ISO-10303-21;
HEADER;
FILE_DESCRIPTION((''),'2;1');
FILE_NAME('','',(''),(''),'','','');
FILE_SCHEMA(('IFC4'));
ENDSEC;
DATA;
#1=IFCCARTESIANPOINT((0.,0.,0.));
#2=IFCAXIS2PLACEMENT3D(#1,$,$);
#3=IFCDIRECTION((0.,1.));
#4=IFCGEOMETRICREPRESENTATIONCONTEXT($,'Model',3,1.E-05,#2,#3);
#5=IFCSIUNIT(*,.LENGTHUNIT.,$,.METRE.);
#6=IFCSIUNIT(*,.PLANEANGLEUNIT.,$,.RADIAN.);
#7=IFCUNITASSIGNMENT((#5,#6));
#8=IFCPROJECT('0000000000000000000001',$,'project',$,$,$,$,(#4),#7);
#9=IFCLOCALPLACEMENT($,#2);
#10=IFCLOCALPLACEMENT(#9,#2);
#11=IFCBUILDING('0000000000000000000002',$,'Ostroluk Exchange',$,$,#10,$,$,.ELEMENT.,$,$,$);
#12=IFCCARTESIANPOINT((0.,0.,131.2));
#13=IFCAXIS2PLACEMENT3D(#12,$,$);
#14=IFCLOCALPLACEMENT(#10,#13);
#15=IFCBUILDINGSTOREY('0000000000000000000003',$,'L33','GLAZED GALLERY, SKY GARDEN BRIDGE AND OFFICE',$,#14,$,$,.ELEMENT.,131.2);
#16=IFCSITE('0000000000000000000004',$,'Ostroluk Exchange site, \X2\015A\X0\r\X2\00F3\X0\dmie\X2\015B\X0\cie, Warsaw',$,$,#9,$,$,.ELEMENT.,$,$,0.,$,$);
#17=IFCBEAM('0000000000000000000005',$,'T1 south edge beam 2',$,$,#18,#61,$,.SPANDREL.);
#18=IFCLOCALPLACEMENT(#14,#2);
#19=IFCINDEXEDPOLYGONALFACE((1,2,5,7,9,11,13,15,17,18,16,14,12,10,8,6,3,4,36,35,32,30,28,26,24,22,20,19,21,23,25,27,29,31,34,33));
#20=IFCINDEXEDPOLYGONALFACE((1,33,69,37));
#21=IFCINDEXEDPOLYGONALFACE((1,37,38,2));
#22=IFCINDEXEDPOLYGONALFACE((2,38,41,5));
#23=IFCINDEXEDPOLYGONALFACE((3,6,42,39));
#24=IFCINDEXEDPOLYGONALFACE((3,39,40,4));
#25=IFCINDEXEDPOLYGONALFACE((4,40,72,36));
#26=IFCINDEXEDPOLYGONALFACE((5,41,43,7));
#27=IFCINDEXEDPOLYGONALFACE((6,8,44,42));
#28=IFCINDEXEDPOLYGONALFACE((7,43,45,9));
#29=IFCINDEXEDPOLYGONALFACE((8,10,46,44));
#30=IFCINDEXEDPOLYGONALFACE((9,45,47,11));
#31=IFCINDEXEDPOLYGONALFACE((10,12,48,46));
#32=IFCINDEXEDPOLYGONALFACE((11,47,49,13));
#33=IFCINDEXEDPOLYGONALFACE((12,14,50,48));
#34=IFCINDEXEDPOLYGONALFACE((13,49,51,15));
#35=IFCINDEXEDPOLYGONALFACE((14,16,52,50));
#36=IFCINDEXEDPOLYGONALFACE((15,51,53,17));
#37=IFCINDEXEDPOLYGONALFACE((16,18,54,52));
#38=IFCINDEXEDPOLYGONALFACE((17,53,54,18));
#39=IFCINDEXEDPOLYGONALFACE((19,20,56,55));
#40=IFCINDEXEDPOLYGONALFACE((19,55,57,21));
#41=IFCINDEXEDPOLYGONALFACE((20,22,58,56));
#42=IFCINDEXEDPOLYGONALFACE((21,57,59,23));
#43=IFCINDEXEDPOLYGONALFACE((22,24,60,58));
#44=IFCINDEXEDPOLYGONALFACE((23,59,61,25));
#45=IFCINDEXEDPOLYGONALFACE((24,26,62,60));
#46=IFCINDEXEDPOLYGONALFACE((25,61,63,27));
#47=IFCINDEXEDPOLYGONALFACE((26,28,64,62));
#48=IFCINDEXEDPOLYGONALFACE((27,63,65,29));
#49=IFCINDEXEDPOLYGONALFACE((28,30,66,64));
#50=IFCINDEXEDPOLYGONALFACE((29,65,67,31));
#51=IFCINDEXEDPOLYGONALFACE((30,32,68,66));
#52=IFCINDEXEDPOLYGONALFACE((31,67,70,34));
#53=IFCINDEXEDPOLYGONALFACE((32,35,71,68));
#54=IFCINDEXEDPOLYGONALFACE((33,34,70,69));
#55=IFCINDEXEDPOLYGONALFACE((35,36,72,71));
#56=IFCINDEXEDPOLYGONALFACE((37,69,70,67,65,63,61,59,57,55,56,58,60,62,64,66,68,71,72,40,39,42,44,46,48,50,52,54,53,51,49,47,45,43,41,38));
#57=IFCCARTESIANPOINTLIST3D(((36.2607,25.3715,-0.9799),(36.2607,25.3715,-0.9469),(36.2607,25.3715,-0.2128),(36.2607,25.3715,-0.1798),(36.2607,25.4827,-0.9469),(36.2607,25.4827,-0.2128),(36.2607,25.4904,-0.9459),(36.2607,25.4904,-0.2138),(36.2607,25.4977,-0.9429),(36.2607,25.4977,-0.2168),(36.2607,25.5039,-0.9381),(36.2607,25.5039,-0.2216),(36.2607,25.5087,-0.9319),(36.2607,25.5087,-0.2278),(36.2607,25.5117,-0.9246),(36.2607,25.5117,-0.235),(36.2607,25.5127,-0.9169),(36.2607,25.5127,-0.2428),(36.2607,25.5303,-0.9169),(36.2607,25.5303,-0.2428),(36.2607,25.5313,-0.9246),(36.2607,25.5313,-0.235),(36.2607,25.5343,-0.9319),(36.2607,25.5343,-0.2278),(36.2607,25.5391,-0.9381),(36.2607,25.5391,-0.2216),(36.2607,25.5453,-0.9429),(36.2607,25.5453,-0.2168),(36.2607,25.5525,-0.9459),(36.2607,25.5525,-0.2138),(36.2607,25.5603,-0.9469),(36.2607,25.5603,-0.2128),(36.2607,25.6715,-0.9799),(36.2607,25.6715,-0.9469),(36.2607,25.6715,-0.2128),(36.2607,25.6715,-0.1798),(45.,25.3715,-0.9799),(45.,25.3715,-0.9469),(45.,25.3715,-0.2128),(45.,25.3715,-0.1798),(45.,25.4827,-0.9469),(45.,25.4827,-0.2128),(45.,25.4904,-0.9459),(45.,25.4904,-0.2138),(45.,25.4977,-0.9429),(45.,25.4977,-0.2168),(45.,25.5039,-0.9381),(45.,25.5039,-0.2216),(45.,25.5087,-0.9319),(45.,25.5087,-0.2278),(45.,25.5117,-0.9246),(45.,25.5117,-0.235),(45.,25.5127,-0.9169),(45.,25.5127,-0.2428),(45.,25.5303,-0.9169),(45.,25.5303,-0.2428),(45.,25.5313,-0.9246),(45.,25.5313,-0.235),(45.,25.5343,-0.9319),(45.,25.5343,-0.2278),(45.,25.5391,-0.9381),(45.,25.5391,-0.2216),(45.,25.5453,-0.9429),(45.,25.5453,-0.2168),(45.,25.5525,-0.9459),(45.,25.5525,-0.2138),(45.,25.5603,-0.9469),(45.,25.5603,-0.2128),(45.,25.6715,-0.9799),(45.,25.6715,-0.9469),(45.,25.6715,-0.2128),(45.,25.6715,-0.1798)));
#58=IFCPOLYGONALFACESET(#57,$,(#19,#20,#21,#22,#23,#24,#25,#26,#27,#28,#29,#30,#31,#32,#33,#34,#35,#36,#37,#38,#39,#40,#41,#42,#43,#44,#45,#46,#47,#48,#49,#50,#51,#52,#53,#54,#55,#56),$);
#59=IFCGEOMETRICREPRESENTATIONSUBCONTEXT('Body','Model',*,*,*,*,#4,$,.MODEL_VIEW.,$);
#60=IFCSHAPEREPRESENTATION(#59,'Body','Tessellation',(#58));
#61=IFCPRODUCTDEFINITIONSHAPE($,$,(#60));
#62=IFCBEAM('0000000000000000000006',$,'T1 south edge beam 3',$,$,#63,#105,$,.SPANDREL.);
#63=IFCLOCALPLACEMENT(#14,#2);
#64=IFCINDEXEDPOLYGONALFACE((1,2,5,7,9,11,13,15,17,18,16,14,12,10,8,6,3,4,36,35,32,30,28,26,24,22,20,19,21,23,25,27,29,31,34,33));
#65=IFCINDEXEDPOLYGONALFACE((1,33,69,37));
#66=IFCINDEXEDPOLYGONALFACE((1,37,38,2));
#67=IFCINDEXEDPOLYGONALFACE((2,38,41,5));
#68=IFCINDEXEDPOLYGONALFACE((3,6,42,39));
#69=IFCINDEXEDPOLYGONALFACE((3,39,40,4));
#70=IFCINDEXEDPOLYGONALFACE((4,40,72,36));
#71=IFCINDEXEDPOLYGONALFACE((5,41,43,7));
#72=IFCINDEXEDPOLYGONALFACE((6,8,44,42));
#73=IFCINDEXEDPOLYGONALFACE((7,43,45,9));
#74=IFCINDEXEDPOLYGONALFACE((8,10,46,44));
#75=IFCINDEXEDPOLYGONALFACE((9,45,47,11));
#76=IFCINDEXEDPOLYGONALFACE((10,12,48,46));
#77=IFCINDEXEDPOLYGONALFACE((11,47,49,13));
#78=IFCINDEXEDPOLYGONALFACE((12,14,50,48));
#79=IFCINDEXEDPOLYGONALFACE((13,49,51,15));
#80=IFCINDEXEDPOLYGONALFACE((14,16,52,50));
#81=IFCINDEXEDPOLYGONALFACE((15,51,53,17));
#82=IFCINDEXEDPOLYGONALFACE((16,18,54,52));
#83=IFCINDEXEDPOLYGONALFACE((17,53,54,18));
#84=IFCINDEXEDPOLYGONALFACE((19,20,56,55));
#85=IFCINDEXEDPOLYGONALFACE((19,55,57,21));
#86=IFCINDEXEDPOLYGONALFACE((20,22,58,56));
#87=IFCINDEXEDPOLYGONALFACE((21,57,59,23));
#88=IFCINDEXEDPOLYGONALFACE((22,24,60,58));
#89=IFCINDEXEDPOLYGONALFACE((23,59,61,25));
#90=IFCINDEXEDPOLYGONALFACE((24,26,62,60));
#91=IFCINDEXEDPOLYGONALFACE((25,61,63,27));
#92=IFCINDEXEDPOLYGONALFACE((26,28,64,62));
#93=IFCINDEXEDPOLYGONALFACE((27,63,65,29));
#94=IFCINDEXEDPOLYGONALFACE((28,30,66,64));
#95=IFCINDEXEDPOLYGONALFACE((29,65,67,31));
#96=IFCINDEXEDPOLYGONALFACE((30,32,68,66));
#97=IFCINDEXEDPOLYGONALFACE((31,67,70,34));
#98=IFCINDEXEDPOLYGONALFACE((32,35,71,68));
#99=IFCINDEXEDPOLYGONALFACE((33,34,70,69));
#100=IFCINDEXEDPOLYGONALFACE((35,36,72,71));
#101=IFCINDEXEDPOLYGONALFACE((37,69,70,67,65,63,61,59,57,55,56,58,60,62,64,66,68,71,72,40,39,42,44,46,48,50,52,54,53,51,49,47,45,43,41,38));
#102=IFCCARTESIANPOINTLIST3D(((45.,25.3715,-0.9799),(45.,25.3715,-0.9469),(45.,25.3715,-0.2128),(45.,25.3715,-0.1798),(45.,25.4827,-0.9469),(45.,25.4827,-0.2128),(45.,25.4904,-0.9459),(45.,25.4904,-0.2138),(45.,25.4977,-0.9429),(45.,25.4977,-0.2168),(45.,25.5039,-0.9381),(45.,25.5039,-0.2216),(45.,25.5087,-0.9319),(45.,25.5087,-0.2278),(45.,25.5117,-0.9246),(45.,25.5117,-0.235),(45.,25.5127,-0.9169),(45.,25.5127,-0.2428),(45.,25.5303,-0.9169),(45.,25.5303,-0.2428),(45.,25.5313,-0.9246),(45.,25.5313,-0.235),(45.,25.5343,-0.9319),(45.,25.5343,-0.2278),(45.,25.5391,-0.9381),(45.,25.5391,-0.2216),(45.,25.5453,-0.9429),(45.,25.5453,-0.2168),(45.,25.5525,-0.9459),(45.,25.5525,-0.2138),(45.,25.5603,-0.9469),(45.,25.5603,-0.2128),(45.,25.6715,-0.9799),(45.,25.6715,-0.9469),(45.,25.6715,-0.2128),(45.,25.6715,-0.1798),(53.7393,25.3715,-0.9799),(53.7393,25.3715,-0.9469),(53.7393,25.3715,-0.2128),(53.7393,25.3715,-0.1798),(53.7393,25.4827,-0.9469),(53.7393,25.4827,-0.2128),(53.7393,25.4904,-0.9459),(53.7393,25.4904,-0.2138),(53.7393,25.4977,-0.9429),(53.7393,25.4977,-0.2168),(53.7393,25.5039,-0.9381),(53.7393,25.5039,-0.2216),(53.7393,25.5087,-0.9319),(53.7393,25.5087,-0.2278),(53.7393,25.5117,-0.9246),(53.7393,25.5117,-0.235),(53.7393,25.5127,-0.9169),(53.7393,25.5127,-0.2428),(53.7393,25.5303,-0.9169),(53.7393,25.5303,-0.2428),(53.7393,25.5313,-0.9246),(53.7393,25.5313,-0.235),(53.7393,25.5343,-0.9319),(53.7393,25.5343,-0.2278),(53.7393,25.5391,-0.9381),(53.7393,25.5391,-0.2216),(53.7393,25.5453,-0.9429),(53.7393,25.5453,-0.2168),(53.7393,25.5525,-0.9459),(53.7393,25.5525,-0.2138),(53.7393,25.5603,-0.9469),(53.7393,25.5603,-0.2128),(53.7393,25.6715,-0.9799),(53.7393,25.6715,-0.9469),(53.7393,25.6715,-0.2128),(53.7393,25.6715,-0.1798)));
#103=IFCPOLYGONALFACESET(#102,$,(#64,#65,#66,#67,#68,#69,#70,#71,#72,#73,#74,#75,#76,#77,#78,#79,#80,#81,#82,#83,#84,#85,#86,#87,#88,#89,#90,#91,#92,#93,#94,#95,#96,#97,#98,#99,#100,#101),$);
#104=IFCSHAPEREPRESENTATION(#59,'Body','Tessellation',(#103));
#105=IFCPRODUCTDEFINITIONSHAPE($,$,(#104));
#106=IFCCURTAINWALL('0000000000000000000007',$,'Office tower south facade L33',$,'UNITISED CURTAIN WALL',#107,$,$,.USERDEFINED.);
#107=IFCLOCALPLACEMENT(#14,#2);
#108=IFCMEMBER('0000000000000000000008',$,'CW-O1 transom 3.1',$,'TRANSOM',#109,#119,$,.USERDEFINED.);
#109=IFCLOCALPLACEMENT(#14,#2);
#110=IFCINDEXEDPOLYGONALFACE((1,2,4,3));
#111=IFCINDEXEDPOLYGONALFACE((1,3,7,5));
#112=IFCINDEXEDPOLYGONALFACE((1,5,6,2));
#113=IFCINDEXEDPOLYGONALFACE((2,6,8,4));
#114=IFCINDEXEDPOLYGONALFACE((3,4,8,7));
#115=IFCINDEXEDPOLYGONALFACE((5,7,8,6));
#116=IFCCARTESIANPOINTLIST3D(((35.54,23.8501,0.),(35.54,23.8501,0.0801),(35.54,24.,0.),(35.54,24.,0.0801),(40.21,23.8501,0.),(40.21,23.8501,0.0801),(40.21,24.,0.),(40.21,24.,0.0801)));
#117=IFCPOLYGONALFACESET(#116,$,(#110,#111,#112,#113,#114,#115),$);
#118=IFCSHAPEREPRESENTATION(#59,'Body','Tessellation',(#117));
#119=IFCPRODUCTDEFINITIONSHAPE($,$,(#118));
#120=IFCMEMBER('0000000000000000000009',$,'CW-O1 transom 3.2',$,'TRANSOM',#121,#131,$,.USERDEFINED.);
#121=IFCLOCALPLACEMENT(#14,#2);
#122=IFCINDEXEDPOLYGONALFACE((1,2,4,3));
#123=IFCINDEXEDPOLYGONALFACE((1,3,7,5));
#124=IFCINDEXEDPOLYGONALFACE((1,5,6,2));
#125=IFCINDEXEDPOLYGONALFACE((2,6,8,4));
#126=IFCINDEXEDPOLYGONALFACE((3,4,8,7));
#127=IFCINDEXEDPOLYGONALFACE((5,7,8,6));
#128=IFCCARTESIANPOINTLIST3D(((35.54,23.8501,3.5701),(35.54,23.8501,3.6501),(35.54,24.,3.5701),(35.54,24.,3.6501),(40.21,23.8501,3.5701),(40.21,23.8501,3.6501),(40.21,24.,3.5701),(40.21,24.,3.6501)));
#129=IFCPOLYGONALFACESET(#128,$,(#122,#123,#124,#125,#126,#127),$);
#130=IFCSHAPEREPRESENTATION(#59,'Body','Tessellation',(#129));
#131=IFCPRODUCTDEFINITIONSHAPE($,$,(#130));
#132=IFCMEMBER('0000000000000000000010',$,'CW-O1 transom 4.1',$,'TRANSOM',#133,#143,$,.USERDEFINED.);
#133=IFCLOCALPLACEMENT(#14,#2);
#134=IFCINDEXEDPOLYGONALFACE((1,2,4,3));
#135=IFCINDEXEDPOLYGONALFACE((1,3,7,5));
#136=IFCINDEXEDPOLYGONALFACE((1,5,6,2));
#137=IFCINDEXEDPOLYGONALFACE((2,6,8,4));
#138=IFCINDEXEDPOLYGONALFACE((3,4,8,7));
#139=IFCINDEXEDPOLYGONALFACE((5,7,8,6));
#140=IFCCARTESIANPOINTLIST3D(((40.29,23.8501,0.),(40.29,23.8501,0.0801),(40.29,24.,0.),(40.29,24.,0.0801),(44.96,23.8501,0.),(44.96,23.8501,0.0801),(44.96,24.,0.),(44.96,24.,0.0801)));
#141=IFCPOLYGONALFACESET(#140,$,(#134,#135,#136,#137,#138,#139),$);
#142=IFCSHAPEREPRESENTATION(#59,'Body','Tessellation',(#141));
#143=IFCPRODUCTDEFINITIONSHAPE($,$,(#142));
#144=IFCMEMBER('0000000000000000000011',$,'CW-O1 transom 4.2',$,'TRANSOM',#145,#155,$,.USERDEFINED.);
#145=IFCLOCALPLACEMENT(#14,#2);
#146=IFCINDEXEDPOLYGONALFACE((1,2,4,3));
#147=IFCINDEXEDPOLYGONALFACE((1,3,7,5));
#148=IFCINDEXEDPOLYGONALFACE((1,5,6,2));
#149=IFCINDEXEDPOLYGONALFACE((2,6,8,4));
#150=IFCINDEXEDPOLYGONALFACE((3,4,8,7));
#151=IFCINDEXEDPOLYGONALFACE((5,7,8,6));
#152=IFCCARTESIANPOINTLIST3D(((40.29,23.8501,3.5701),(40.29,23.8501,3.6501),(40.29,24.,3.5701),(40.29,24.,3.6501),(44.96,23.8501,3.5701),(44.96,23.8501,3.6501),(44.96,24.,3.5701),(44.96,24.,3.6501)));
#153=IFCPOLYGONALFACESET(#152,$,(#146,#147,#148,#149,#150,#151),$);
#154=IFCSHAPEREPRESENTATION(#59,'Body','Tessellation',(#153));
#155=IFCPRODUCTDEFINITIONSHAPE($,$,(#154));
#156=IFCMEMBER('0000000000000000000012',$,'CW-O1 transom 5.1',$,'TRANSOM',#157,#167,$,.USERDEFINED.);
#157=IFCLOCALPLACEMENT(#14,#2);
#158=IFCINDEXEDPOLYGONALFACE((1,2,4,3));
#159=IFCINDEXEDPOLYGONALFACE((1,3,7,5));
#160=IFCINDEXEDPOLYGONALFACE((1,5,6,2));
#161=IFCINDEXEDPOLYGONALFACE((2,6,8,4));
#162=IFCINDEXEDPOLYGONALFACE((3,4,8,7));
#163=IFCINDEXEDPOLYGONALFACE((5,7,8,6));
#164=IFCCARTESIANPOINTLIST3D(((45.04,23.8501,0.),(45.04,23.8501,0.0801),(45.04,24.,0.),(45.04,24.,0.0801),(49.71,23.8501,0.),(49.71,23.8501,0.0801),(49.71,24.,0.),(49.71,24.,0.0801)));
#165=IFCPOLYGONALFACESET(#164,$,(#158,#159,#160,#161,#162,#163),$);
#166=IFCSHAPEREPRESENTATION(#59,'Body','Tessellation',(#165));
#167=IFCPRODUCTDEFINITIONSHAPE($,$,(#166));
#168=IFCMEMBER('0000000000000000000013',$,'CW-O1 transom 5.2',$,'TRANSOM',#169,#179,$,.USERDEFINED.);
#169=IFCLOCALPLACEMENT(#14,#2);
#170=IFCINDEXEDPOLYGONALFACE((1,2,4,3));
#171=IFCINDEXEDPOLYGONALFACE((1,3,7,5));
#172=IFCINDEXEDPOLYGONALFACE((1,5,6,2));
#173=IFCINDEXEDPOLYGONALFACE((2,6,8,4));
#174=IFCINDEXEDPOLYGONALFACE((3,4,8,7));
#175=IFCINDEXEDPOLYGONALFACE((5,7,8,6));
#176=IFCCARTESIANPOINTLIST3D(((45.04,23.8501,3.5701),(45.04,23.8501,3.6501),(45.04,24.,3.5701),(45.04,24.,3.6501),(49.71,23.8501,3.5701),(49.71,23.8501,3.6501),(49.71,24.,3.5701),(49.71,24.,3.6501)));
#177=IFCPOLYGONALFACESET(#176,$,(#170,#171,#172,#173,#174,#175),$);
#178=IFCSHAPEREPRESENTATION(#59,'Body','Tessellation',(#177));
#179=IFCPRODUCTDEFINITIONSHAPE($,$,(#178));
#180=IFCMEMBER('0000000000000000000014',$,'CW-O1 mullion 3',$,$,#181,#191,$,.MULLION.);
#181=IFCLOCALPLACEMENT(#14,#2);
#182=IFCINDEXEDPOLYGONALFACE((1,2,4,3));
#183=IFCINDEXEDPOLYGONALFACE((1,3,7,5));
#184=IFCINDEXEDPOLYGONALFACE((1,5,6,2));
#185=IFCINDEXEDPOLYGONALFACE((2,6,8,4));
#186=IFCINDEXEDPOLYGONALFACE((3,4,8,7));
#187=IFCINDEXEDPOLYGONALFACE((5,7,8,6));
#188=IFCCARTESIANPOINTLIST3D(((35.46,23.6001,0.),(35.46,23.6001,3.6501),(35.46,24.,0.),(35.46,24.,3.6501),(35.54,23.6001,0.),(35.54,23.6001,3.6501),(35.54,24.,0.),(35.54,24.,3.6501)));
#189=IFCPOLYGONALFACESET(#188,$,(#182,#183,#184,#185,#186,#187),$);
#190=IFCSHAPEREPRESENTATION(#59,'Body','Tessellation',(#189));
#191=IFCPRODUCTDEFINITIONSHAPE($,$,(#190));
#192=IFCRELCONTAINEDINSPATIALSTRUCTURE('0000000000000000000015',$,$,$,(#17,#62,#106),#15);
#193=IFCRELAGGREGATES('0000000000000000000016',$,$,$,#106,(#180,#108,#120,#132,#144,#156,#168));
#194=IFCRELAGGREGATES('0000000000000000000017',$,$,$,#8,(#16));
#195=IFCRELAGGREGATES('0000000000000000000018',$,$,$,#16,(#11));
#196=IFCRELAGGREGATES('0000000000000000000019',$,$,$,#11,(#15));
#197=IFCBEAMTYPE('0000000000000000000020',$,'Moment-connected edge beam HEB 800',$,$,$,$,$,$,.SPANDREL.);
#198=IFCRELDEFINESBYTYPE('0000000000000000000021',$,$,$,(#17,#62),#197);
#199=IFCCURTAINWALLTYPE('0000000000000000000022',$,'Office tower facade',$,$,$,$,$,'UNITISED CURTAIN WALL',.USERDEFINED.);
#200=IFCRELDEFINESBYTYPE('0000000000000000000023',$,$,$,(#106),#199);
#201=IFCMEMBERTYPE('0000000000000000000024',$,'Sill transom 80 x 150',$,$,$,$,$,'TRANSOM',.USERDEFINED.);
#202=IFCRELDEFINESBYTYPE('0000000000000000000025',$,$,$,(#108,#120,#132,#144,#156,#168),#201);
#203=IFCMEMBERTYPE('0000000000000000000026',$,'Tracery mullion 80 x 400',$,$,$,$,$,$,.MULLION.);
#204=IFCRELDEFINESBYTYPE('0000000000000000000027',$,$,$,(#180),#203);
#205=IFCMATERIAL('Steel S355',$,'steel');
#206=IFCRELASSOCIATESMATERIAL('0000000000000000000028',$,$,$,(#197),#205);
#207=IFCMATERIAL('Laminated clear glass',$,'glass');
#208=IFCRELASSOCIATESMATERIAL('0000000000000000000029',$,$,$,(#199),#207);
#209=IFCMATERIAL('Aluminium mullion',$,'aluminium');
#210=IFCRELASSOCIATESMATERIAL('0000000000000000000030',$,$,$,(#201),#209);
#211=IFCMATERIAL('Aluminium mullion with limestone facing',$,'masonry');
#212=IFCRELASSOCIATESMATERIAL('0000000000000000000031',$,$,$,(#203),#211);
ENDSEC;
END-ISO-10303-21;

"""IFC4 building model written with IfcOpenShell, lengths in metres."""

from ifc_helpers import new_model, si_unit, direction, frame, origin, origin_2d, place, context, subcontext, project, spatial, rectangle, i_section, extrude, material, material_profile, profile_set, type_object, element, aggregate, save


model = new_model("IFC4")

# Units and contexts
model_context = context("Model", 3, precision=1e-05, world=origin(), true_north=direction((0.0, 1.0)))
body_context = subcontext(model_context, "Body", "Model", "MODEL_VIEW")
ifc_project = project(units=[si_unit("LENGTHUNIT", "METRE"), si_unit("PLANEANGLEUNIT", "RADIAN")], contexts=[model_context])

# Site, building, storey
site_placement = place(None, origin())
site = spatial("IfcSite", under=ifc_project, at=site_placement, Name="Ostroluk Exchange site, Śródmieście, Warsaw", CompositionType="ELEMENT", RefElevation=0.0)
building_placement = place(site_placement, origin())
building = spatial("IfcBuilding", under=site, at=building_placement, Name="Ostroluk Exchange", CompositionType="ELEMENT")
storey_placement = place(building_placement, frame((0.0, 0.0, 131.2)))
storey = spatial("IfcBuildingStorey", under=building, at=storey_placement, Name="L33", Description="GLAZED GALLERY, SKY GARDEN BRIDGE AND OFFICE", CompositionType="ELEMENT", Elevation=131.2)

# Beams
ifc_material_1 = material(Name="Steel S355", Category="steel")
ifc_material_profile_1 = material_profile(ifc_material_1, i_section(OverallWidth=0.3, OverallDepth=0.8, WebThickness=0.0176, FlangeThickness=0.033, FilletRadius=0.03, at=origin_2d()), Name="HEB 800")
ifc_profile_set_1 = profile_set([ifc_material_profile_1], Name="Steel S355")
beam_type = type_object("IfcBeamType", Name="Moment-connected edge beam HEB 800", PredefinedType="SPANDREL", material=ifc_profile_set_1)
for number, where, z_axis, x_axis, name in (
    (1, (36.2607, 25.5215, -0.5798), (1.0, 0.0, 0.0), (0.0, 1.0, 0.0), "T1 south edge beam 2"),
    (2, (45.0, 25.5215, -0.5798), (1.0, 0.0, 0.0), (0.0, 1.0, 0.0), "T1 south edge beam 3"),
):
    element("IfcBeam", number, at=place(storey_placement, frame(where, z_axis=z_axis, x_axis=x_axis)), inside=storey, type_object=beam_type, Name=name, PredefinedType="SPANDREL", context=body_context, shape_type="SweptSolid", body=[
        extrude(i_section(OverallWidth=0.3, OverallDepth=0.8, WebThickness=0.0176, FlangeThickness=0.033, FilletRadius=0.03, at=origin_2d()), origin(), (0.0, 0.0, 1.0), 8.7393),
    ])

# Curtain wall, members
ifc_material_2 = material(Name="Laminated clear glass", Category="glass")
curtain_wall_type = type_object("IfcCurtainWallType", Name="Office tower facade", ElementType="UNITISED CURTAIN WALL", PredefinedType="USERDEFINED", material=ifc_material_2)
curtain_wall_placement = place(storey_placement, origin())
curtain_wall = element("IfcCurtainWall", 3, at=curtain_wall_placement, inside=storey, type_object=curtain_wall_type, Name="Office tower south facade L33", ObjectType="UNITISED CURTAIN WALL", PredefinedType="USERDEFINED")
ifc_material_3 = material(Name="Aluminium mullion", Category="aluminium")
ifc_material_profile_2 = material_profile(ifc_material_3, rectangle(XDim=0.1499, YDim=0.0801, at=origin_2d()), Name="Sill transom 80 x 150")
ifc_profile_set_2 = profile_set([ifc_material_profile_2], Name="Aluminium mullion")
member_type_1 = type_object("IfcMemberType", Name="Sill transom 80 x 150", ElementType="TRANSOM", PredefinedType="USERDEFINED", material=ifc_profile_set_2)
member_1_placement = place(storey_placement, frame((35.54, 23.925, 0.04), z_axis=(1.0, 0.0, 0.0), x_axis=(0.0, 1.0, 0.0)))
member_1 = element("IfcMember", 4, at=member_1_placement, type_object=member_type_1, Name="CW-O1 transom 3.1", ObjectType="TRANSOM", PredefinedType="USERDEFINED", context=body_context, shape_type="SweptSolid", body=[
    extrude(rectangle(XDim=0.1499, YDim=0.0801, at=origin_2d()), origin(), (0.0, 0.0, 1.0), 4.6699),
])
member_2_placement = place(storey_placement, frame((35.54, 23.925, 3.6101), z_axis=(1.0, 0.0, 0.0), x_axis=(0.0, 1.0, 0.0)))
member_2 = element("IfcMember", 5, at=member_2_placement, type_object=member_type_1, Name="CW-O1 transom 3.2", ObjectType="TRANSOM", PredefinedType="USERDEFINED", context=body_context, shape_type="SweptSolid", body=[
    extrude(rectangle(XDim=0.1499, YDim=0.0801, at=origin_2d()), origin(), (0.0, 0.0, 1.0), 4.6699),
])
member_3_placement = place(storey_placement, frame((40.29, 23.925, 0.04), z_axis=(1.0, 0.0, 0.0), x_axis=(0.0, 1.0, 0.0)))
member_3 = element("IfcMember", 6, at=member_3_placement, type_object=member_type_1, Name="CW-O1 transom 4.1", ObjectType="TRANSOM", PredefinedType="USERDEFINED", context=body_context, shape_type="SweptSolid", body=[
    extrude(rectangle(XDim=0.1499, YDim=0.0801, at=origin_2d()), origin(), (0.0, 0.0, 1.0), 4.6699),
])
member_4_placement = place(storey_placement, frame((40.29, 23.925, 3.6101), z_axis=(1.0, 0.0, 0.0), x_axis=(0.0, 1.0, 0.0)))
member_4 = element("IfcMember", 7, at=member_4_placement, type_object=member_type_1, Name="CW-O1 transom 4.2", ObjectType="TRANSOM", PredefinedType="USERDEFINED", context=body_context, shape_type="SweptSolid", body=[
    extrude(rectangle(XDim=0.1499, YDim=0.0801, at=origin_2d()), origin(), (0.0, 0.0, 1.0), 4.6699),
])
member_5_placement = place(storey_placement, frame((45.04, 23.925, 0.04), z_axis=(1.0, 0.0, 0.0), x_axis=(0.0, 1.0, 0.0)))
member_5 = element("IfcMember", 8, at=member_5_placement, type_object=member_type_1, Name="CW-O1 transom 5.1", ObjectType="TRANSOM", PredefinedType="USERDEFINED", context=body_context, shape_type="SweptSolid", body=[
    extrude(rectangle(XDim=0.1499, YDim=0.0801, at=origin_2d()), origin(), (0.0, 0.0, 1.0), 4.6699),
])
member_6_placement = place(storey_placement, frame((45.04, 23.925, 3.6101), z_axis=(1.0, 0.0, 0.0), x_axis=(0.0, 1.0, 0.0)))
member_6 = element("IfcMember", 9, at=member_6_placement, type_object=member_type_1, Name="CW-O1 transom 5.2", ObjectType="TRANSOM", PredefinedType="USERDEFINED", context=body_context, shape_type="SweptSolid", body=[
    extrude(rectangle(XDim=0.1499, YDim=0.0801, at=origin_2d()), origin(), (0.0, 0.0, 1.0), 4.6699),
])
ifc_material_4 = material(Name="Aluminium mullion with limestone facing", Category="masonry")
ifc_material_profile_3 = material_profile(ifc_material_4, rectangle(XDim=0.3999, YDim=0.0801, at=origin_2d()), Name="Tracery mullion 80 x 400")
ifc_profile_set_3 = profile_set([ifc_material_profile_3], Name="Aluminium mullion with limestone facing")
member_type_2 = type_object("IfcMemberType", Name="Tracery mullion 80 x 400", PredefinedType="MULLION", material=ifc_profile_set_3)
member_7_placement = place(storey_placement, frame((35.5, 23.8, 0.0), z_axis=(0.0, 0.0, 1.0), x_axis=(0.0, 1.0, 0.0)))
member_7 = element("IfcMember", 10, at=member_7_placement, type_object=member_type_2, Name="CW-O1 mullion 3", PredefinedType="MULLION", context=body_context, shape_type="SweptSolid", body=[
    extrude(rectangle(XDim=0.3999, YDim=0.0801, at=origin_2d()), origin(), (0.0, 0.0, 1.0), 3.6501),
])
aggregate(curtain_wall, [member_7, member_1, member_2, member_3, member_4, member_5, member_6])

save(model, "model.ifc")
